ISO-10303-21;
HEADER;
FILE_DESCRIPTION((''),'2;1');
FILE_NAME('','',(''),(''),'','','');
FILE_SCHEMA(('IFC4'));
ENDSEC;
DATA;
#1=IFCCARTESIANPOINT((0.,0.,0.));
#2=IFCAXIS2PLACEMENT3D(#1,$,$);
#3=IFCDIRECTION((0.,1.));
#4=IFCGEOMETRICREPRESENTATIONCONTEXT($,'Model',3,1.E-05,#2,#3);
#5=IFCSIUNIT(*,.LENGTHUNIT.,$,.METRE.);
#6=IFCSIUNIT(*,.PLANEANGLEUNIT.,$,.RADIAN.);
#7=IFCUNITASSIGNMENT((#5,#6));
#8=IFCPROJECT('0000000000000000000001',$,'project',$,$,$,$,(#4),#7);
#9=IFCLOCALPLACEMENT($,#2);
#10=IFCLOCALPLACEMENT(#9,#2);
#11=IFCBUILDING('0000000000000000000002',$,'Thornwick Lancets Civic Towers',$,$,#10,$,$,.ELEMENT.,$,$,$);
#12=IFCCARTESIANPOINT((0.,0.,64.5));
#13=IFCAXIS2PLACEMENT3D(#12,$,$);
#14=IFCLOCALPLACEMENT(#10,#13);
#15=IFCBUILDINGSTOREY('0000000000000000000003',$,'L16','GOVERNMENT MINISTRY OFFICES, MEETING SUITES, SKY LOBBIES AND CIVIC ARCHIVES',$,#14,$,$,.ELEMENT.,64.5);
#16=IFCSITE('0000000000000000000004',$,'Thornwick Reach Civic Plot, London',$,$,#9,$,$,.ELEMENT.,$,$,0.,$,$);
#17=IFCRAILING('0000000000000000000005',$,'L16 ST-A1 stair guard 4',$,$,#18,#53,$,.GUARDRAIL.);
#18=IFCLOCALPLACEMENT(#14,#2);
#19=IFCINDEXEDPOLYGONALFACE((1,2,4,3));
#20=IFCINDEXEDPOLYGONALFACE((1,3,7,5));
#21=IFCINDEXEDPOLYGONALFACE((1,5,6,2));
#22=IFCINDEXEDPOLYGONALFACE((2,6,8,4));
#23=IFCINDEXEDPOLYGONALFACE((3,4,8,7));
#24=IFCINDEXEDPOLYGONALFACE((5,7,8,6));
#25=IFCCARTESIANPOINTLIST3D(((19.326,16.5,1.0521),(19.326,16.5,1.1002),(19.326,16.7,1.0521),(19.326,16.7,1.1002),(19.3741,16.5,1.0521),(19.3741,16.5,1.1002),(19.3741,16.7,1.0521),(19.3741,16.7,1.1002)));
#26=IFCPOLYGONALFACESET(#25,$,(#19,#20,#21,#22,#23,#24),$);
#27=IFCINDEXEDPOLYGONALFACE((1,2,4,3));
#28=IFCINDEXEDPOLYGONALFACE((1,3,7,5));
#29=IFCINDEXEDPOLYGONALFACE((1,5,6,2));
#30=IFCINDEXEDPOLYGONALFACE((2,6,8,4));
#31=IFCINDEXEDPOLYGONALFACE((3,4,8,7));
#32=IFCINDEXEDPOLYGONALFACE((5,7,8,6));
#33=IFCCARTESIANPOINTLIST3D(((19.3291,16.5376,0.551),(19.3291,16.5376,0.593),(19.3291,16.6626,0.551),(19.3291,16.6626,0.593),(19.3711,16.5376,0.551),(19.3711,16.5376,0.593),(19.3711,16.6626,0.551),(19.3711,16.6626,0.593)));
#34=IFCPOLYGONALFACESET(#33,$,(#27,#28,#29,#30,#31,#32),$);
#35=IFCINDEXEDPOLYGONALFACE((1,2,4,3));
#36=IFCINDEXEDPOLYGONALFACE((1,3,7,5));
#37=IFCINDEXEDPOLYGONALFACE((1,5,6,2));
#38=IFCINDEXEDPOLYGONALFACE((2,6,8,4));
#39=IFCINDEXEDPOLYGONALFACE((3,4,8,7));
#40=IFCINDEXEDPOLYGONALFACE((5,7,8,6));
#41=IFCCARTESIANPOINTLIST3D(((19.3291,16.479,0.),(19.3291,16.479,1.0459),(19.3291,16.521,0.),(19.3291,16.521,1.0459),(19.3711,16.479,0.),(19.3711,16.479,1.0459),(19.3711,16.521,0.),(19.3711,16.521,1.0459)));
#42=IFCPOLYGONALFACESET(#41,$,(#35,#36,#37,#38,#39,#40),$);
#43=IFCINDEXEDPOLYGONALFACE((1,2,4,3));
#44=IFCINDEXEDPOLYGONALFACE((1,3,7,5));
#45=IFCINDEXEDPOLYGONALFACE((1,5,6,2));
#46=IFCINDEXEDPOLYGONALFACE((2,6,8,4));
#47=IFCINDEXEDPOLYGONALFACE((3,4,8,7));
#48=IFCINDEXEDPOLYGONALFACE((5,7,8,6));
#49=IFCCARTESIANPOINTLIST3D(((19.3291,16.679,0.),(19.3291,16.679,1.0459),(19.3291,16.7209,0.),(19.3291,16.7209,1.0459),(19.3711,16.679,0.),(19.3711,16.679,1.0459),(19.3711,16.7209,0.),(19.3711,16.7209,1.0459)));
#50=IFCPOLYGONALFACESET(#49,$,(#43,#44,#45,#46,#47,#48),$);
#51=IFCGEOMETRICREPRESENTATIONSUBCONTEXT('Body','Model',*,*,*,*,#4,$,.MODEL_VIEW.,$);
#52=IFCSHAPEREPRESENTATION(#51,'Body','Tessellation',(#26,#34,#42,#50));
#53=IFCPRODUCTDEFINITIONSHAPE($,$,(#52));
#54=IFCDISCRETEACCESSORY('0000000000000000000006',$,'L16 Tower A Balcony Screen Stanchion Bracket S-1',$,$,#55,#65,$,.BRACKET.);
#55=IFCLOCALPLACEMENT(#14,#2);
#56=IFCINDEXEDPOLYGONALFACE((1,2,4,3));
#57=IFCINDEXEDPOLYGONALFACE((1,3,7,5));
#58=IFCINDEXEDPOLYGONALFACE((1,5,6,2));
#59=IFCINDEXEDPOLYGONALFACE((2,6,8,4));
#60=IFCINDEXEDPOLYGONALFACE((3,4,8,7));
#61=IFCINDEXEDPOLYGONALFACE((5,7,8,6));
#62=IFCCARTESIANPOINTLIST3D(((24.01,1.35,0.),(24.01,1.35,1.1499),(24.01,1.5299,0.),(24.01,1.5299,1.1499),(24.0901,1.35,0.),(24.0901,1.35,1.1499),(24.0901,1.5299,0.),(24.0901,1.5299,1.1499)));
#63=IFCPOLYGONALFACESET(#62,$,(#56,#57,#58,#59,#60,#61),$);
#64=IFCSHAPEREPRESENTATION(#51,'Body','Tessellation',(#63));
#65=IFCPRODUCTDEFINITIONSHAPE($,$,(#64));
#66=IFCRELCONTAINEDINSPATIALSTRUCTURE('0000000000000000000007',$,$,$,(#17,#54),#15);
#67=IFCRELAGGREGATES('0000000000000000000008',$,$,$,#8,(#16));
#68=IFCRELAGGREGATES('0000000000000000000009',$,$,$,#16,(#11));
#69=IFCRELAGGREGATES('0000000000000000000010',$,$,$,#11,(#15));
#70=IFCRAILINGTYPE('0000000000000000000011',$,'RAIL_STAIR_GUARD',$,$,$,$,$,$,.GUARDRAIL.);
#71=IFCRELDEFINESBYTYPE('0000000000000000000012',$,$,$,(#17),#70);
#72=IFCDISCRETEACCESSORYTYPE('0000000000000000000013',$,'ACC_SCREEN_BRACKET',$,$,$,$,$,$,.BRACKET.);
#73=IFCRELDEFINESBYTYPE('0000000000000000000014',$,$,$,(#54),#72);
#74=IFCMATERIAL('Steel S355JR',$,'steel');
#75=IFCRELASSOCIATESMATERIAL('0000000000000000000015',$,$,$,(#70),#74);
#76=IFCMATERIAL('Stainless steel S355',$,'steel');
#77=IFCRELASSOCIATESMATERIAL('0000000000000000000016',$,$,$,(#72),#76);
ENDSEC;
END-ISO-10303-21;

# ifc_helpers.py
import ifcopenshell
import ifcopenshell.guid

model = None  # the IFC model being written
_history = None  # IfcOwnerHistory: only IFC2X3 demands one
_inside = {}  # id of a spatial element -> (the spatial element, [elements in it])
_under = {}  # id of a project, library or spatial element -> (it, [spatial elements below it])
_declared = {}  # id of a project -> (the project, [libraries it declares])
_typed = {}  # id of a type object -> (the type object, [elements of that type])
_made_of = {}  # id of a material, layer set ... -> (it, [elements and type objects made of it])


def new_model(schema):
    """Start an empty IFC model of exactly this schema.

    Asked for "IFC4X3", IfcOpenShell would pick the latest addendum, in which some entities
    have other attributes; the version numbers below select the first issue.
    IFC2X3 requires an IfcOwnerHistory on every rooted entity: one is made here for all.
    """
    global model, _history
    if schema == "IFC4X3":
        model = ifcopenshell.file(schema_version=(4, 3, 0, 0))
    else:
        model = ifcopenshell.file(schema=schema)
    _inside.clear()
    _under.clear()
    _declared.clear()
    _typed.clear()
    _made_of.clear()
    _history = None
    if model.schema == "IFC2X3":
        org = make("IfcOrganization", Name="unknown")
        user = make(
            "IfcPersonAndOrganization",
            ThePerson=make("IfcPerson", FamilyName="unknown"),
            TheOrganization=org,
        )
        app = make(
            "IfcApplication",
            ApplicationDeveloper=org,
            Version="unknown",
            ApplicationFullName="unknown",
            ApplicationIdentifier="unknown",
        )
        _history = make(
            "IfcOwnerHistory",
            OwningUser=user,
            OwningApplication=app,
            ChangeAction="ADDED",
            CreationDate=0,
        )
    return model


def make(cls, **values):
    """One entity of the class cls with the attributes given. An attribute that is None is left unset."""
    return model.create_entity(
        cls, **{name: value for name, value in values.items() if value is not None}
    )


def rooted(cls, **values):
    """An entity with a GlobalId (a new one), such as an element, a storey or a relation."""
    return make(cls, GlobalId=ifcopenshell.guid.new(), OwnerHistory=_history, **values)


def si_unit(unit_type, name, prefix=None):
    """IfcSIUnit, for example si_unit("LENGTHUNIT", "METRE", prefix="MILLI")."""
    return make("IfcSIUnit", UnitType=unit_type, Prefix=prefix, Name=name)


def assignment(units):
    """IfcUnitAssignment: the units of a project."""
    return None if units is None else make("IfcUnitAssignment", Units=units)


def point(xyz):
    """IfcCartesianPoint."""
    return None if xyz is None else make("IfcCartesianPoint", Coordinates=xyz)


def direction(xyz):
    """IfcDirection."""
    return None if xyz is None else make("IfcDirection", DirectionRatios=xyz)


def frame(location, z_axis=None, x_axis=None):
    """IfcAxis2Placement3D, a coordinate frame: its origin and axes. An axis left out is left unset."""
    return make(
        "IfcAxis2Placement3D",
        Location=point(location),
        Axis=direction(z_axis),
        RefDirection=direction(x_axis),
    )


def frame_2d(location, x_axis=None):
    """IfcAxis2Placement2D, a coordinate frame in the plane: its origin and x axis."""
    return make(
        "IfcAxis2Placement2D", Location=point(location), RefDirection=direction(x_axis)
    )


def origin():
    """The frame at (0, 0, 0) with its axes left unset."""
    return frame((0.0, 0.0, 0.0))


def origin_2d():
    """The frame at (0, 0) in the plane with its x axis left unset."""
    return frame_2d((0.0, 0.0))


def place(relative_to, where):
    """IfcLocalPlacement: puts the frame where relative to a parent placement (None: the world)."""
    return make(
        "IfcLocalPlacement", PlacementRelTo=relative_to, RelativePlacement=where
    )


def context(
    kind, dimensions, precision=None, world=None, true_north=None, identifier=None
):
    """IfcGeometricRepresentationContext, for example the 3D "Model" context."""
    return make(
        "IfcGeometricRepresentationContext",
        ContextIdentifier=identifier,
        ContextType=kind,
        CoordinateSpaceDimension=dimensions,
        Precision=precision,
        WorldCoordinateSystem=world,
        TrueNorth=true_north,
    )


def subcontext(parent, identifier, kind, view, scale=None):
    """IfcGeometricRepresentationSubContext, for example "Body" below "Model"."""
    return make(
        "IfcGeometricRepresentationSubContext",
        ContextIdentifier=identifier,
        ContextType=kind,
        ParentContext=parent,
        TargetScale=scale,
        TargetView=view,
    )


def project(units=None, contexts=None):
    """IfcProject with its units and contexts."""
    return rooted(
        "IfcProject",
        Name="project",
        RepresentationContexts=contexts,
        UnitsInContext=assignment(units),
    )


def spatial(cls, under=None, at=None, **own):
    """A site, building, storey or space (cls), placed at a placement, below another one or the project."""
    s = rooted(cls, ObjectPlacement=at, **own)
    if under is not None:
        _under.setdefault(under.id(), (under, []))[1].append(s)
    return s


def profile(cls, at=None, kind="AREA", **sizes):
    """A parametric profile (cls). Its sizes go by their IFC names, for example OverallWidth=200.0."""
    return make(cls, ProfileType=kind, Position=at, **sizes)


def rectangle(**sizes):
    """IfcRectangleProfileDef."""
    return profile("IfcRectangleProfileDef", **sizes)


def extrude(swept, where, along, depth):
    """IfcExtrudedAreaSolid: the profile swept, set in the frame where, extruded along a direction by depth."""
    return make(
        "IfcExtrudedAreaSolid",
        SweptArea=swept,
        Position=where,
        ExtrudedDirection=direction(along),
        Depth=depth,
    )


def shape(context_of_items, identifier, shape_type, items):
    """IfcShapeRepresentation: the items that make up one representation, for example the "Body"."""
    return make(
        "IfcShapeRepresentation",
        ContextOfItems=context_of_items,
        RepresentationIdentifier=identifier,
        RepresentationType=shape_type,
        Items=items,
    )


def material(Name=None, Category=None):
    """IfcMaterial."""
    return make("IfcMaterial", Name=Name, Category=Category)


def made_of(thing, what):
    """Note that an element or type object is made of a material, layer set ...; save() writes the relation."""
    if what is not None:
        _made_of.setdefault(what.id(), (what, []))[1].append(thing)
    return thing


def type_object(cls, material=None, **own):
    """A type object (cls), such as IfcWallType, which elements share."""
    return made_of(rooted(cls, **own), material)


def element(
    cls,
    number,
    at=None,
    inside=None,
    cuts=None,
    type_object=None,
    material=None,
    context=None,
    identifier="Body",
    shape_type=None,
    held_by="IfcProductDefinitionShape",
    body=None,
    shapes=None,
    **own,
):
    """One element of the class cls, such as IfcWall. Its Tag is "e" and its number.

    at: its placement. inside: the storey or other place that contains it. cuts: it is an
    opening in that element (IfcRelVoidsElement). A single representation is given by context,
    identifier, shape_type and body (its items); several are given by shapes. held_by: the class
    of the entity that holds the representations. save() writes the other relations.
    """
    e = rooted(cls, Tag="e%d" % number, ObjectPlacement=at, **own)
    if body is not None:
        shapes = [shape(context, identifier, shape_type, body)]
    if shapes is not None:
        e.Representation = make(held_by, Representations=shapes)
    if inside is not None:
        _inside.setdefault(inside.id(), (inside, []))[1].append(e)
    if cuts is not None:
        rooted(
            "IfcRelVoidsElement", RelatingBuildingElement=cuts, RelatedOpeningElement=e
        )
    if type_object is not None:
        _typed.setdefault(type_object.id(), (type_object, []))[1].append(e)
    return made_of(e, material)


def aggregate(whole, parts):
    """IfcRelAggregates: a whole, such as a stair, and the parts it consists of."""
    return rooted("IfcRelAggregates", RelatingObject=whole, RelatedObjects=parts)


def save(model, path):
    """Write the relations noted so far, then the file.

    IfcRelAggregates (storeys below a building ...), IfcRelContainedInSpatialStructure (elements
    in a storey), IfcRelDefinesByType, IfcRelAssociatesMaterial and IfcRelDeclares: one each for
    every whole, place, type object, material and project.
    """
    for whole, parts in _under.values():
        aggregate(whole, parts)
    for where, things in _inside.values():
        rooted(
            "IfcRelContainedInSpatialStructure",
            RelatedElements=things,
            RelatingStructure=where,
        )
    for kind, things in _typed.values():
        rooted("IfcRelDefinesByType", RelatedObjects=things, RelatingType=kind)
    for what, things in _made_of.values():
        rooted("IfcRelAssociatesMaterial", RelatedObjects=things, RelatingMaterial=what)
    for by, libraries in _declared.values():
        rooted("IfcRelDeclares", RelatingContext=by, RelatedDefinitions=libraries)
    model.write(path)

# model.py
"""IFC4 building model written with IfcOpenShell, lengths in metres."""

from ifc_helpers import new_model, si_unit, direction, frame, origin, origin_2d, place, context, subcontext, project, spatial, rectangle, extrude, material, type_object, element, save


model = new_model("IFC4")

# Units and contexts
model_context = context("Model", 3, precision=1e-05, world=origin(), true_north=direction((0.0, 1.0)))
body_context = subcontext(model_context, "Body", "Model", "MODEL_VIEW")
ifc_project = project(units=[si_unit("LENGTHUNIT", "METRE"), si_unit("PLANEANGLEUNIT", "RADIAN")], contexts=[model_context])

# Site, building, storey
site_placement = place(None, origin())
site = spatial("IfcSite", under=ifc_project, at=site_placement, Name="Thornwick Reach Civic Plot, London", CompositionType="ELEMENT", RefElevation=0.0)
building_placement = place(site_placement, origin())
building = spatial("IfcBuilding", under=site, at=building_placement, Name="Thornwick Lancets Civic Towers", CompositionType="ELEMENT")
storey_placement = place(building_placement, frame((0.0, 0.0, 64.5)))
storey = spatial("IfcBuildingStorey", under=building, at=storey_placement, Name="L16", Description="GOVERNMENT MINISTRY OFFICES, MEETING SUITES, SKY LOBBIES AND CIVIC ARCHIVES", CompositionType="ELEMENT", Elevation=64.5)

# Shared definitions
ifc_material_1 = material(Name="Steel S355JR", Category="steel")

# Railing
railing_type_1 = type_object("IfcRailingType", Name="RAIL_STAIR_GUARD", PredefinedType="GUARDRAIL", material=ifc_material_1)
railing_1_placement = place(storey_placement, frame((19.3501, 16.5, 0.0)))
element("IfcRailing", 1, at=railing_1_placement, inside=storey, type_object=railing_type_1, Name="L16 ST-A1 stair guard 4", PredefinedType="GUARDRAIL", context=body_context, shape_type="SweptSolid", body=[
    extrude(rectangle(XDim=0.0481, YDim=0.0481, at=origin_2d()), frame((0.0, 0.0, 1.0762), z_axis=(0.0, 1.0, 0.0), x_axis=(-1.0, 0.0, 0.0)), (0.0, 0.0, 1.0), 0.2),
    extrude(rectangle(XDim=0.042, YDim=0.042, at=origin_2d()), frame((0.0, 0.0376, 0.572), z_axis=(0.0, 1.0, 0.0), x_axis=(-1.0, 0.0, 0.0)), (0.0, 0.0, 1.0), 0.125),
    extrude(rectangle(XDim=0.042, YDim=0.042, at=origin_2d()), origin(), (0.0, 0.0, 1.0), 1.0459),
    extrude(rectangle(XDim=0.042, YDim=0.042, at=origin_2d()), frame((0.0, 0.2, 0.0)), (0.0, 0.0, 1.0), 1.0459),
])

# Discrete accessory
ifc_material_2 = material(Name="Stainless steel S355", Category="steel")
discrete_accessory_type = type_object("IfcDiscreteAccessoryType", Name="ACC_SCREEN_BRACKET", PredefinedType="BRACKET", material=ifc_material_2)
discrete_accessory_placement = place(storey_placement, frame((24.05, 1.4399, 0.0), z_axis=(0.0, 0.0, 1.0), x_axis=(1.0, 0.0, 0.0)))
element("IfcDiscreteAccessory", 2, at=discrete_accessory_placement, inside=storey, type_object=discrete_accessory_type, Name="L16 Tower A Balcony Screen Stanchion Bracket S-1", PredefinedType="BRACKET", context=body_context, shape_type="SweptSolid", body=[
    extrude(rectangle(XDim=0.0801, YDim=0.1799, at=origin_2d()), origin(), (0.0, 0.0, 1.0), 1.1499),
])

save(model, "model.ifc")
